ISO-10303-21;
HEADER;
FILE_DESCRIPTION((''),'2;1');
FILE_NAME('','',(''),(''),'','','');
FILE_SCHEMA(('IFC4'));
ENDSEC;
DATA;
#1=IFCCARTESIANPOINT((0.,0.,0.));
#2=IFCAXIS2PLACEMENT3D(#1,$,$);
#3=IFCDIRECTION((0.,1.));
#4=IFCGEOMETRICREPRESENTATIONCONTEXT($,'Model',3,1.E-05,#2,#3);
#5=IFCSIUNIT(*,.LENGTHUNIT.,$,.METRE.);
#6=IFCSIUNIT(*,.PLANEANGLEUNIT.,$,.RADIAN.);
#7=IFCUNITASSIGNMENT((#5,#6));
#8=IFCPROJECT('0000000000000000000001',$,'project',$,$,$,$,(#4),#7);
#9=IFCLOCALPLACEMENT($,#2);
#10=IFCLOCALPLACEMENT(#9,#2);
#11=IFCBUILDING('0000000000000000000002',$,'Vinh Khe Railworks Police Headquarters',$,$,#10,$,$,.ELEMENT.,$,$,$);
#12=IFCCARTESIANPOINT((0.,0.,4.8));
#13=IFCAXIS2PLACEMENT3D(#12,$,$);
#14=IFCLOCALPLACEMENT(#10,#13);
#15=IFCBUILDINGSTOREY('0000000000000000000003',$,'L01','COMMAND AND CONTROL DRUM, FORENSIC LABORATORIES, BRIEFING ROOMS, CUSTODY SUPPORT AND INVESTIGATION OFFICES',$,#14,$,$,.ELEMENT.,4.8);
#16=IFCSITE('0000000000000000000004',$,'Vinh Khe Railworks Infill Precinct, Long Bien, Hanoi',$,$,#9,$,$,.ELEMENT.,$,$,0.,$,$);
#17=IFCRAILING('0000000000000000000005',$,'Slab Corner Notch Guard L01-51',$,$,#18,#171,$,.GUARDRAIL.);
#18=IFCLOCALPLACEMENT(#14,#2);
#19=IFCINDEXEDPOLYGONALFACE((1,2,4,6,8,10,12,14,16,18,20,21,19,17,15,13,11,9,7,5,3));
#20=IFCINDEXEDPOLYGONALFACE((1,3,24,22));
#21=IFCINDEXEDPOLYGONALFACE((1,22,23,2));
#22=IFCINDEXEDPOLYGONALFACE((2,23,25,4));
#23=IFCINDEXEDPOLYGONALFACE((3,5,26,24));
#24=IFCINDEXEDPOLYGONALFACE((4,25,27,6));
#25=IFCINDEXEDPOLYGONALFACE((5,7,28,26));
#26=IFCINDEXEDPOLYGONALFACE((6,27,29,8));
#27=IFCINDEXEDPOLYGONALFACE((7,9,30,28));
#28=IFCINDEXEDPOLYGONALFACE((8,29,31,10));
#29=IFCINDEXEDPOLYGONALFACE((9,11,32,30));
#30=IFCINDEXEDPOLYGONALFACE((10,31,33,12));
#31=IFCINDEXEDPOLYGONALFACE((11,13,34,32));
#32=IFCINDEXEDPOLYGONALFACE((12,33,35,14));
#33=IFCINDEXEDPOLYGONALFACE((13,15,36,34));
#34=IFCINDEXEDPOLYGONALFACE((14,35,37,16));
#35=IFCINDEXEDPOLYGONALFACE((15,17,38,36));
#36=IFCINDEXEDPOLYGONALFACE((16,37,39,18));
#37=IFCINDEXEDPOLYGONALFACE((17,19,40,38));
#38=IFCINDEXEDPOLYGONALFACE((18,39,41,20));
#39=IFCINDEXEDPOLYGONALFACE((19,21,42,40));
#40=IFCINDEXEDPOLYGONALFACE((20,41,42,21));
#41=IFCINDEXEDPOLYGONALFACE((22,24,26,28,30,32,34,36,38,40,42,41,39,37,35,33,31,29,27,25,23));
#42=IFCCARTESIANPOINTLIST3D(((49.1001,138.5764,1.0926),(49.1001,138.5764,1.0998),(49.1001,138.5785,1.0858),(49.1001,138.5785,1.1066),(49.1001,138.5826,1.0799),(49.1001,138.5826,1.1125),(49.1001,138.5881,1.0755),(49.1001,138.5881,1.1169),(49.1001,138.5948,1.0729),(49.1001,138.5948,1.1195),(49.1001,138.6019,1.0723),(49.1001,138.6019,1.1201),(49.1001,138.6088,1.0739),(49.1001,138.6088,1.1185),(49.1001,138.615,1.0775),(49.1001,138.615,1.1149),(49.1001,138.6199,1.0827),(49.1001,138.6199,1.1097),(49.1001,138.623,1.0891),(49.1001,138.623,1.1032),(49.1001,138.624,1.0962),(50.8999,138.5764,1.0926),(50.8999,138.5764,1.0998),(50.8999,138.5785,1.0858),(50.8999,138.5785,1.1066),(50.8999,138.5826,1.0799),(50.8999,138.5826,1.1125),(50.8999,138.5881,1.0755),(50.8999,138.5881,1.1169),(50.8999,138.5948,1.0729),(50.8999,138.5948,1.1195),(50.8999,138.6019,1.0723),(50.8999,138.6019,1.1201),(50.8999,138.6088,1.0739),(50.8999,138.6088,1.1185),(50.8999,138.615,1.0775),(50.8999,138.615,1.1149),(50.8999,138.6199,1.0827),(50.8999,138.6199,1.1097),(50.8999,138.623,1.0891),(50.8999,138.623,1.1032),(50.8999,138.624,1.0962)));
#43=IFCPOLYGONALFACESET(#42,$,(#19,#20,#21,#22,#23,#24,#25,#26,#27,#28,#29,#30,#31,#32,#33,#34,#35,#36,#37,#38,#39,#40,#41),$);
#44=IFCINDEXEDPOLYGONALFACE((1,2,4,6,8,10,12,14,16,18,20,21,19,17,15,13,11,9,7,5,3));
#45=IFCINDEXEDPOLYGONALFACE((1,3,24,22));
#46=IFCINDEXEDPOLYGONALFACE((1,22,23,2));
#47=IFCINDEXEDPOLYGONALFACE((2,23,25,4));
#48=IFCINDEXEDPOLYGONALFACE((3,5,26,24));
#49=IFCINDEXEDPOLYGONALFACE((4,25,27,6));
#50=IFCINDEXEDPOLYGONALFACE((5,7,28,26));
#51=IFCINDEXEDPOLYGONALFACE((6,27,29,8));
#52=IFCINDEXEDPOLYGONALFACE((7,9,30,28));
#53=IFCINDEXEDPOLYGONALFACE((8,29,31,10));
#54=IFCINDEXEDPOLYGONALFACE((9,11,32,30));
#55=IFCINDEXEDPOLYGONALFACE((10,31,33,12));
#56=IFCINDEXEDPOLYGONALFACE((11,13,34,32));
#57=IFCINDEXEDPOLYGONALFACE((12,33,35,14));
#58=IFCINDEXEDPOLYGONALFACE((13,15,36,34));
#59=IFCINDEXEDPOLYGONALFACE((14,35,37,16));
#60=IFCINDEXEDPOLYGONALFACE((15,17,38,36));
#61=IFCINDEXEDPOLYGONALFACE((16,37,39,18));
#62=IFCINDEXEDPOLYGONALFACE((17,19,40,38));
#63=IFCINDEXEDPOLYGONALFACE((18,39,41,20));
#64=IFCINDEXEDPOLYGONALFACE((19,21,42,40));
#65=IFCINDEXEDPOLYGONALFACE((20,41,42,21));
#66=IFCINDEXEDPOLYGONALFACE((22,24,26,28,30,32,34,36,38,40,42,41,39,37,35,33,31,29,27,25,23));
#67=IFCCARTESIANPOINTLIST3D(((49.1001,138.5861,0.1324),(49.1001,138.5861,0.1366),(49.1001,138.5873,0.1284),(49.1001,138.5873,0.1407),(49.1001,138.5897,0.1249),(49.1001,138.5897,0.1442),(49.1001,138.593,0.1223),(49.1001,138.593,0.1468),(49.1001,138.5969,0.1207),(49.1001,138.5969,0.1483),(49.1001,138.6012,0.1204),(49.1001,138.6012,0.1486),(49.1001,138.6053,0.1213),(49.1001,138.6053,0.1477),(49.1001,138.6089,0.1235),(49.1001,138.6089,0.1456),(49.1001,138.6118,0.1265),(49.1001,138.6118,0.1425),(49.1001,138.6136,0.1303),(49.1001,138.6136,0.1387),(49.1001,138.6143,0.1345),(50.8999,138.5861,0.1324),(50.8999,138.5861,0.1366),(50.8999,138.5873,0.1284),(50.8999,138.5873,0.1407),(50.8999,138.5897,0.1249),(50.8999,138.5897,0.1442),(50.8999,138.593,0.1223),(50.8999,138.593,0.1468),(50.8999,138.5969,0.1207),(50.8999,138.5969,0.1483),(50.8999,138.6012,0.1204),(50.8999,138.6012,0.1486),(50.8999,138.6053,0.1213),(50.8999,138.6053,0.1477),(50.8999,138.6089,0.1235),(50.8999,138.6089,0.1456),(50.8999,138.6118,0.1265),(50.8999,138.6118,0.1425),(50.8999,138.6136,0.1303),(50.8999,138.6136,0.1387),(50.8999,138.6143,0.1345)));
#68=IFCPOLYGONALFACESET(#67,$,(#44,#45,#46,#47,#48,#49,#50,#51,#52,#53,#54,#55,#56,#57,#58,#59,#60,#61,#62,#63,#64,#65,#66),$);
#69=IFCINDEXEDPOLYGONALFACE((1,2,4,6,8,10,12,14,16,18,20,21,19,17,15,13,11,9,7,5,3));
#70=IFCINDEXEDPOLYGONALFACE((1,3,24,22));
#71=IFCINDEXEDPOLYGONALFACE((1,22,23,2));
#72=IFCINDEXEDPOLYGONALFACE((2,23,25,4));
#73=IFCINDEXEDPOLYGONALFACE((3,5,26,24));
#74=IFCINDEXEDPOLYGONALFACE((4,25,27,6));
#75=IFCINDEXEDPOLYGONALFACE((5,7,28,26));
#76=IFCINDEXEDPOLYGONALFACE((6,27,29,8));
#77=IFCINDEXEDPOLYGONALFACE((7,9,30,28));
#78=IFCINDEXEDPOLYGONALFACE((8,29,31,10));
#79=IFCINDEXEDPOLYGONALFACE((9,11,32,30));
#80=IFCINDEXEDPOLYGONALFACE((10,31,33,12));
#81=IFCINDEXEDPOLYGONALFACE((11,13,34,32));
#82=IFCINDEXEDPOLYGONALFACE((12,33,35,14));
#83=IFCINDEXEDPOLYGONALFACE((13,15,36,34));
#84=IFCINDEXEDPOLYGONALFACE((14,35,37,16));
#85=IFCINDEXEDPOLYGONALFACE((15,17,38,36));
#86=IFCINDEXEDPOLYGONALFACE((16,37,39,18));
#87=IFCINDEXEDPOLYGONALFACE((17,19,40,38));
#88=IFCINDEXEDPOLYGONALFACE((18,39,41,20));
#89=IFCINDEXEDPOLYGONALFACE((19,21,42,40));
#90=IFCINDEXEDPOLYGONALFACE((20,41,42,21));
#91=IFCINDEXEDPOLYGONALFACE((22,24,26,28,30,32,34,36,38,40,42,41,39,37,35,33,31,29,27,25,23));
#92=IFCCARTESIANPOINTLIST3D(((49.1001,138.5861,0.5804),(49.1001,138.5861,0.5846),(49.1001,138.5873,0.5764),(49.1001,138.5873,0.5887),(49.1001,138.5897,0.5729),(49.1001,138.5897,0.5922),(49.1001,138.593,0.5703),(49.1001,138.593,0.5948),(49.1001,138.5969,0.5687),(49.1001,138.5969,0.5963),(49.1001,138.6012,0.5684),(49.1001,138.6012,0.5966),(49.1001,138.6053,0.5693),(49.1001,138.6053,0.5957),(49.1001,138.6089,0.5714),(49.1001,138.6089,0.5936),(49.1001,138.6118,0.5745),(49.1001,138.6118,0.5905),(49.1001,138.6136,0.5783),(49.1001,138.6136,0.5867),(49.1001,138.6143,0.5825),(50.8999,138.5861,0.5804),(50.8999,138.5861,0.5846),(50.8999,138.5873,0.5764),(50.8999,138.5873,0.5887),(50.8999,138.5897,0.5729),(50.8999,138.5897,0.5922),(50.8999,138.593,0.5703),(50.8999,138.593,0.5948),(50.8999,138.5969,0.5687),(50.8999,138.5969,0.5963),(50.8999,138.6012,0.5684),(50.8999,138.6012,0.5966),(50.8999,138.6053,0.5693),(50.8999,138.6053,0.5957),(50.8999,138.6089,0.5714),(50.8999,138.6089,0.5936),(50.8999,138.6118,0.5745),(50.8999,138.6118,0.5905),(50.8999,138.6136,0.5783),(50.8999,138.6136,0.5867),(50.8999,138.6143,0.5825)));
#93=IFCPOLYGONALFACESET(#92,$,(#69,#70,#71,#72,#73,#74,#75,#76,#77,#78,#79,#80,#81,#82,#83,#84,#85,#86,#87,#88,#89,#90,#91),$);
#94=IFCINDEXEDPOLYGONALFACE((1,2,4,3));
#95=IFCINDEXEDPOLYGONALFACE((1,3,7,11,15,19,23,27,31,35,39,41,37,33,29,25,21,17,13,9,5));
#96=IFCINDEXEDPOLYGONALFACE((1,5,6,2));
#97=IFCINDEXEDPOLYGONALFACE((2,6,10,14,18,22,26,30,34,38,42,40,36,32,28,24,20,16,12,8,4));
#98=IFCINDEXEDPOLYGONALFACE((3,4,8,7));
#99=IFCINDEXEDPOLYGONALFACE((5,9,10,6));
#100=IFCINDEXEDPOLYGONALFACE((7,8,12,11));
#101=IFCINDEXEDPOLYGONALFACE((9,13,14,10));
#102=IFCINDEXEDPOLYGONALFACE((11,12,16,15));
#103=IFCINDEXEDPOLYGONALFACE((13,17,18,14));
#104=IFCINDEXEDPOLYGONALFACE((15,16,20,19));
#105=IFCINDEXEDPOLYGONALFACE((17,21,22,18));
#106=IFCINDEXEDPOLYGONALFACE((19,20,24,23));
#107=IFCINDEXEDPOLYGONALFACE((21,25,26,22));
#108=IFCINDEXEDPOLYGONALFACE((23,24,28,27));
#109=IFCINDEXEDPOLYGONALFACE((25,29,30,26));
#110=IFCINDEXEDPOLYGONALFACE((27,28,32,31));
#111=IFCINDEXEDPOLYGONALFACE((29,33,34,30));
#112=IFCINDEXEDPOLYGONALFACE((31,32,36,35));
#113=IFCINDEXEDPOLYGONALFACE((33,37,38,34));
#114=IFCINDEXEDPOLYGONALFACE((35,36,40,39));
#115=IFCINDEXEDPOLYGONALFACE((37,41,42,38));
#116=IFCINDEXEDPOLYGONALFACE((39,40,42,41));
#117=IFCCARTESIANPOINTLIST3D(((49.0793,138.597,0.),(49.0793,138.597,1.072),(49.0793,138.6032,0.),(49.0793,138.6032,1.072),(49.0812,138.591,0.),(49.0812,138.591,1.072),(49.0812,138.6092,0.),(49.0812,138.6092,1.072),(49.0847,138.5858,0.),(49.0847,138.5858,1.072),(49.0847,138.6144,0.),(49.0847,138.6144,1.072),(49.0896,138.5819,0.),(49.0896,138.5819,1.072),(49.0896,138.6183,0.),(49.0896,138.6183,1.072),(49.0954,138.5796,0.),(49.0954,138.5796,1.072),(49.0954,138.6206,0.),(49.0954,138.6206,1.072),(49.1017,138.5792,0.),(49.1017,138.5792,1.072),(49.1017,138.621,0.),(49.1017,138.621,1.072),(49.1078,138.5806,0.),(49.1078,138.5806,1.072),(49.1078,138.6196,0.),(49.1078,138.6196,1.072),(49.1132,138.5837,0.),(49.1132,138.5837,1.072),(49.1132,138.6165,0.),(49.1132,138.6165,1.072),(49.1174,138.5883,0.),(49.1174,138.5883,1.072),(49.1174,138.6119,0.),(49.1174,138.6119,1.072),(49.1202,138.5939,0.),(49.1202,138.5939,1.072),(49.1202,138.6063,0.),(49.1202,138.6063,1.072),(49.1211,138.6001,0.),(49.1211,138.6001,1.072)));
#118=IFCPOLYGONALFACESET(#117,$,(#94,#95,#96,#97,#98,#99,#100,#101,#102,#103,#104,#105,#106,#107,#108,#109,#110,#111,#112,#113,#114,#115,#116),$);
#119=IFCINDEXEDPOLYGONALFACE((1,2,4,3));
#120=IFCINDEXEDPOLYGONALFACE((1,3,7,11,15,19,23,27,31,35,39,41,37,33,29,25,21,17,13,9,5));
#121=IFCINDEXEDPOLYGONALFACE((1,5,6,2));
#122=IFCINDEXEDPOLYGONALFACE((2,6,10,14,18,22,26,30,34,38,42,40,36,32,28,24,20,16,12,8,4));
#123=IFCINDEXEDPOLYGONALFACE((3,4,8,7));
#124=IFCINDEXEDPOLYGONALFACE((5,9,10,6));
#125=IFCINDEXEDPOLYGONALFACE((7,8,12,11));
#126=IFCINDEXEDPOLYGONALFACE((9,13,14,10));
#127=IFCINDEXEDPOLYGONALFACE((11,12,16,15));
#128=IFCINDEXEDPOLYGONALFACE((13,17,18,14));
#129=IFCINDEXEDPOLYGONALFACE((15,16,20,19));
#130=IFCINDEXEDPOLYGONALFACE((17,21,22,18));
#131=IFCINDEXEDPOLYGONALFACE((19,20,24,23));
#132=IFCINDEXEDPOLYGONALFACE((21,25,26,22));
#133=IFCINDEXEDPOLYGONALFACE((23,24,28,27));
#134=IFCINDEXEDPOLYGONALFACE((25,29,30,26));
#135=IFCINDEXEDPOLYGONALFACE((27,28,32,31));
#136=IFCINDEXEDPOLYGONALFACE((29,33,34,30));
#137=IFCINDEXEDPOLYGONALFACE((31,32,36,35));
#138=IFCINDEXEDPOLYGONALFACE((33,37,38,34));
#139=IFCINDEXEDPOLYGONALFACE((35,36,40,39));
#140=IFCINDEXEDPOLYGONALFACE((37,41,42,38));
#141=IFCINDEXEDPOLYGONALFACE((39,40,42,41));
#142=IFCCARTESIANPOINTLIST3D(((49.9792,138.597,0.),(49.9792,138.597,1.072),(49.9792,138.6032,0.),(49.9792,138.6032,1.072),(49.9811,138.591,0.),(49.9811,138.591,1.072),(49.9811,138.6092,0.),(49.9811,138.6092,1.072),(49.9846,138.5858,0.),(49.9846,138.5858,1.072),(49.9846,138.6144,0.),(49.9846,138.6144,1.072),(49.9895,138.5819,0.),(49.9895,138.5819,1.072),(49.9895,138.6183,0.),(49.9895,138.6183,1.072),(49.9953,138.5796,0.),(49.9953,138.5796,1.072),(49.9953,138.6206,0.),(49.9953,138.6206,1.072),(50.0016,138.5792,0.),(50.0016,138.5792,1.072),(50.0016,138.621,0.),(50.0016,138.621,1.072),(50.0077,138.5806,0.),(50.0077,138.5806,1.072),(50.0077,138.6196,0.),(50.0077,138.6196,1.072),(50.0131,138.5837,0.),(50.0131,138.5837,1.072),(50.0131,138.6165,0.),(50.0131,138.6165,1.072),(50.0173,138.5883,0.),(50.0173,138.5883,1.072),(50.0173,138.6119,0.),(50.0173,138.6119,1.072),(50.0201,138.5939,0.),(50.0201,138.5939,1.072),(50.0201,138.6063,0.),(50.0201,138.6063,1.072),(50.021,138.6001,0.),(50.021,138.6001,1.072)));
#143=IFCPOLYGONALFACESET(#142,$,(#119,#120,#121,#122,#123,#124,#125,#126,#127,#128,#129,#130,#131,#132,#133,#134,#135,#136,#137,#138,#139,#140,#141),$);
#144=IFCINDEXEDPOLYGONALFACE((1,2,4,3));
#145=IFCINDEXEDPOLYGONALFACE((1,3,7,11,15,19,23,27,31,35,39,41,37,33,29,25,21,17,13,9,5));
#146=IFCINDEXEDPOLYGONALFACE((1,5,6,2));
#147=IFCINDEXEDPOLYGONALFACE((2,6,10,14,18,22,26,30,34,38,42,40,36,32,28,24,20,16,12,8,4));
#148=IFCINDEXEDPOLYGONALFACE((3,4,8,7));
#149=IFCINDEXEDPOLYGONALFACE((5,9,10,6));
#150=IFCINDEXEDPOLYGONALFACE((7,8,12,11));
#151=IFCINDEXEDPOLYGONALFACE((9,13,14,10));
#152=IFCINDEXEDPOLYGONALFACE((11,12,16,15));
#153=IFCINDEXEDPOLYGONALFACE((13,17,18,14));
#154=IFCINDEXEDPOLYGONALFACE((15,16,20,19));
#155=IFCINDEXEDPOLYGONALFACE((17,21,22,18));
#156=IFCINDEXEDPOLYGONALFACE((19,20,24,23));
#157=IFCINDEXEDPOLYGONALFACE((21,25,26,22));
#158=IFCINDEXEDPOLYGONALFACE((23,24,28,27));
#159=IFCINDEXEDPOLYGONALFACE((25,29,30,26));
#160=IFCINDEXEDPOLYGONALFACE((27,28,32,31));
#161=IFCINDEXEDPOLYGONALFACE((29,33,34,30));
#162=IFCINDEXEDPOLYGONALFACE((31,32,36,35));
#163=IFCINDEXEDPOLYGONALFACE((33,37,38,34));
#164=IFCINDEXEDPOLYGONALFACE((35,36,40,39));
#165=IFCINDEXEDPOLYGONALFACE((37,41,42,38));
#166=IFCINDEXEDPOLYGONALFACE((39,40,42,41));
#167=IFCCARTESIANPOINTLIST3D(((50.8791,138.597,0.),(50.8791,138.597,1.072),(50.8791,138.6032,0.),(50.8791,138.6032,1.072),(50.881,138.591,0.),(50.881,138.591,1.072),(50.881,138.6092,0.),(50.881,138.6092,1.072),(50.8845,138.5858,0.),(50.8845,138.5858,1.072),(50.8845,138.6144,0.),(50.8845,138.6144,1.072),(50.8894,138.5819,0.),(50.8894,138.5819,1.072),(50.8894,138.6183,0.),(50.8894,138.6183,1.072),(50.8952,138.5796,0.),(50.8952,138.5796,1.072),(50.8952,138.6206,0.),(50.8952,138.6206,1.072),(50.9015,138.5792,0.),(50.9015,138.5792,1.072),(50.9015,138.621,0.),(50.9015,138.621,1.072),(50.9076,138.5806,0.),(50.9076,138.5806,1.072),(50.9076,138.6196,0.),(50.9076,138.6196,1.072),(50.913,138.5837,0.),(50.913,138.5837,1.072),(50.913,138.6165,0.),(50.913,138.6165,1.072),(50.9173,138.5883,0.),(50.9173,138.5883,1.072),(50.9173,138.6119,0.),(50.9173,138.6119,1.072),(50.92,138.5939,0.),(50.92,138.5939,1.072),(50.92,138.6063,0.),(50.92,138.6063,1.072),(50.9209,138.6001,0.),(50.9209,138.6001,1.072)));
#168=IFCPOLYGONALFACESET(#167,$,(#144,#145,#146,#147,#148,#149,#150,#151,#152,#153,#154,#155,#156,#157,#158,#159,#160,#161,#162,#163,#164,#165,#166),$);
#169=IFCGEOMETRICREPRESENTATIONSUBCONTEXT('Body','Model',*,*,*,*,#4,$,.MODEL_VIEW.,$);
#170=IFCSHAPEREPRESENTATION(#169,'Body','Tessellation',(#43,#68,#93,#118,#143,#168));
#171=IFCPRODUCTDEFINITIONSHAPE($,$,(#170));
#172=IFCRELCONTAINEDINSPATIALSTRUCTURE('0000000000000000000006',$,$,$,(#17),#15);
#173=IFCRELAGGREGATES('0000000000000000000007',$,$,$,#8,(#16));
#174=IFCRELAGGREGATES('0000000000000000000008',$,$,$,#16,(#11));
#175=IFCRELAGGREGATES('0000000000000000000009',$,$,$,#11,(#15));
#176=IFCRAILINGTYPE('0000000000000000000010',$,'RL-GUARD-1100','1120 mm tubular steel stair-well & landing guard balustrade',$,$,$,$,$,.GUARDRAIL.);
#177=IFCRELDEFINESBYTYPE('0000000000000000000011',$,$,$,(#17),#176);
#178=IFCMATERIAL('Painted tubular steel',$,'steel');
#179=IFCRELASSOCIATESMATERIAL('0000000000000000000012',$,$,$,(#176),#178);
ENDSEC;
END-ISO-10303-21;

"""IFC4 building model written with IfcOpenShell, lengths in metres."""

from ifc_helpers import new_model, si_unit, direction, frame, origin, origin_2d, place, context, subcontext, project, spatial, circle, extrude, material, type_object, element, save


model = new_model("IFC4")

# Units and contexts
model_context = context("Model", 3, precision=1e-05, world=origin(), true_north=direction((0.0, 1.0)))
body_context = subcontext(model_context, "Body", "Model", "MODEL_VIEW")
ifc_project = project(units=[si_unit("LENGTHUNIT", "METRE"), si_unit("PLANEANGLEUNIT", "RADIAN")], contexts=[model_context])

# Site, building, storey
site_placement = place(None, origin())
site = spatial("IfcSite", under=ifc_project, at=site_placement, Name="Vinh Khe Railworks Infill Precinct, Long Bien, Hanoi", CompositionType="ELEMENT", RefElevation=0.0)
building_placement = place(site_placement, origin())
building = spatial("IfcBuilding", under=site, at=building_placement, Name="Vinh Khe Railworks Police Headquarters", CompositionType="ELEMENT")
storey_placement = place(building_placement, frame((0.0, 0.0, 4.8)))
storey = spatial("IfcBuildingStorey", under=building, at=storey_placement, Name="L01", Description="COMMAND AND CONTROL DRUM, FORENSIC LABORATORIES, BRIEFING ROOMS, CUSTODY SUPPORT AND INVESTIGATION OFFICES", CompositionType="ELEMENT", Elevation=4.8)

# Railing
ifc_material_1 = material(Name="Painted tubular steel", Category="steel")
railing_type = type_object("IfcRailingType", Name="RL-GUARD-1100", Description="1120 mm tubular steel stair-well & landing guard balustrade", PredefinedType="GUARDRAIL", material=ifc_material_1)
railing_1_placement = place(storey_placement, frame((49.1001, 138.6001, 0.0)))
element("IfcRailing", 1, at=railing_1_placement, inside=storey, type_object=railing_type, Name="Slab Corner Notch Guard L01-51", PredefinedType="GUARDRAIL", context=body_context, shape_type="SweptSolid", body=[
    extrude(circle(Radius=0.0239, at=origin_2d()), frame((0.0, 0.0, 1.0962), z_axis=(1.0, 0.0, 0.0), x_axis=(0.0, 1.0, 0.0)), (0.0, 0.0, 1.0), 1.7998),
    extrude(circle(Radius=0.0142, at=origin_2d()), frame((0.0, 0.0, 0.1345), z_axis=(1.0, 0.0, 0.0), x_axis=(0.0, 1.0, 0.0)), (0.0, 0.0, 1.0), 1.7998),
    extrude(circle(Radius=0.0142, at=origin_2d()), frame((0.0, 0.0, 0.5825), z_axis=(1.0, 0.0, 0.0), x_axis=(0.0, 1.0, 0.0)), (0.0, 0.0, 1.0), 1.7998),
    extrude(circle(Radius=0.021, at=origin_2d()), origin(), (0.0, 0.0, 1.0), 1.072),
    extrude(circle(Radius=0.021, at=origin_2d()), frame((0.8999, 0.0, 0.0)), (0.0, 0.0, 1.0), 1.072),
    extrude(circle(Radius=0.021, at=origin_2d()), frame((1.7998, 0.0, 0.0)), (0.0, 0.0, 1.0), 1.072),
])

save(model, "model.ifc")
